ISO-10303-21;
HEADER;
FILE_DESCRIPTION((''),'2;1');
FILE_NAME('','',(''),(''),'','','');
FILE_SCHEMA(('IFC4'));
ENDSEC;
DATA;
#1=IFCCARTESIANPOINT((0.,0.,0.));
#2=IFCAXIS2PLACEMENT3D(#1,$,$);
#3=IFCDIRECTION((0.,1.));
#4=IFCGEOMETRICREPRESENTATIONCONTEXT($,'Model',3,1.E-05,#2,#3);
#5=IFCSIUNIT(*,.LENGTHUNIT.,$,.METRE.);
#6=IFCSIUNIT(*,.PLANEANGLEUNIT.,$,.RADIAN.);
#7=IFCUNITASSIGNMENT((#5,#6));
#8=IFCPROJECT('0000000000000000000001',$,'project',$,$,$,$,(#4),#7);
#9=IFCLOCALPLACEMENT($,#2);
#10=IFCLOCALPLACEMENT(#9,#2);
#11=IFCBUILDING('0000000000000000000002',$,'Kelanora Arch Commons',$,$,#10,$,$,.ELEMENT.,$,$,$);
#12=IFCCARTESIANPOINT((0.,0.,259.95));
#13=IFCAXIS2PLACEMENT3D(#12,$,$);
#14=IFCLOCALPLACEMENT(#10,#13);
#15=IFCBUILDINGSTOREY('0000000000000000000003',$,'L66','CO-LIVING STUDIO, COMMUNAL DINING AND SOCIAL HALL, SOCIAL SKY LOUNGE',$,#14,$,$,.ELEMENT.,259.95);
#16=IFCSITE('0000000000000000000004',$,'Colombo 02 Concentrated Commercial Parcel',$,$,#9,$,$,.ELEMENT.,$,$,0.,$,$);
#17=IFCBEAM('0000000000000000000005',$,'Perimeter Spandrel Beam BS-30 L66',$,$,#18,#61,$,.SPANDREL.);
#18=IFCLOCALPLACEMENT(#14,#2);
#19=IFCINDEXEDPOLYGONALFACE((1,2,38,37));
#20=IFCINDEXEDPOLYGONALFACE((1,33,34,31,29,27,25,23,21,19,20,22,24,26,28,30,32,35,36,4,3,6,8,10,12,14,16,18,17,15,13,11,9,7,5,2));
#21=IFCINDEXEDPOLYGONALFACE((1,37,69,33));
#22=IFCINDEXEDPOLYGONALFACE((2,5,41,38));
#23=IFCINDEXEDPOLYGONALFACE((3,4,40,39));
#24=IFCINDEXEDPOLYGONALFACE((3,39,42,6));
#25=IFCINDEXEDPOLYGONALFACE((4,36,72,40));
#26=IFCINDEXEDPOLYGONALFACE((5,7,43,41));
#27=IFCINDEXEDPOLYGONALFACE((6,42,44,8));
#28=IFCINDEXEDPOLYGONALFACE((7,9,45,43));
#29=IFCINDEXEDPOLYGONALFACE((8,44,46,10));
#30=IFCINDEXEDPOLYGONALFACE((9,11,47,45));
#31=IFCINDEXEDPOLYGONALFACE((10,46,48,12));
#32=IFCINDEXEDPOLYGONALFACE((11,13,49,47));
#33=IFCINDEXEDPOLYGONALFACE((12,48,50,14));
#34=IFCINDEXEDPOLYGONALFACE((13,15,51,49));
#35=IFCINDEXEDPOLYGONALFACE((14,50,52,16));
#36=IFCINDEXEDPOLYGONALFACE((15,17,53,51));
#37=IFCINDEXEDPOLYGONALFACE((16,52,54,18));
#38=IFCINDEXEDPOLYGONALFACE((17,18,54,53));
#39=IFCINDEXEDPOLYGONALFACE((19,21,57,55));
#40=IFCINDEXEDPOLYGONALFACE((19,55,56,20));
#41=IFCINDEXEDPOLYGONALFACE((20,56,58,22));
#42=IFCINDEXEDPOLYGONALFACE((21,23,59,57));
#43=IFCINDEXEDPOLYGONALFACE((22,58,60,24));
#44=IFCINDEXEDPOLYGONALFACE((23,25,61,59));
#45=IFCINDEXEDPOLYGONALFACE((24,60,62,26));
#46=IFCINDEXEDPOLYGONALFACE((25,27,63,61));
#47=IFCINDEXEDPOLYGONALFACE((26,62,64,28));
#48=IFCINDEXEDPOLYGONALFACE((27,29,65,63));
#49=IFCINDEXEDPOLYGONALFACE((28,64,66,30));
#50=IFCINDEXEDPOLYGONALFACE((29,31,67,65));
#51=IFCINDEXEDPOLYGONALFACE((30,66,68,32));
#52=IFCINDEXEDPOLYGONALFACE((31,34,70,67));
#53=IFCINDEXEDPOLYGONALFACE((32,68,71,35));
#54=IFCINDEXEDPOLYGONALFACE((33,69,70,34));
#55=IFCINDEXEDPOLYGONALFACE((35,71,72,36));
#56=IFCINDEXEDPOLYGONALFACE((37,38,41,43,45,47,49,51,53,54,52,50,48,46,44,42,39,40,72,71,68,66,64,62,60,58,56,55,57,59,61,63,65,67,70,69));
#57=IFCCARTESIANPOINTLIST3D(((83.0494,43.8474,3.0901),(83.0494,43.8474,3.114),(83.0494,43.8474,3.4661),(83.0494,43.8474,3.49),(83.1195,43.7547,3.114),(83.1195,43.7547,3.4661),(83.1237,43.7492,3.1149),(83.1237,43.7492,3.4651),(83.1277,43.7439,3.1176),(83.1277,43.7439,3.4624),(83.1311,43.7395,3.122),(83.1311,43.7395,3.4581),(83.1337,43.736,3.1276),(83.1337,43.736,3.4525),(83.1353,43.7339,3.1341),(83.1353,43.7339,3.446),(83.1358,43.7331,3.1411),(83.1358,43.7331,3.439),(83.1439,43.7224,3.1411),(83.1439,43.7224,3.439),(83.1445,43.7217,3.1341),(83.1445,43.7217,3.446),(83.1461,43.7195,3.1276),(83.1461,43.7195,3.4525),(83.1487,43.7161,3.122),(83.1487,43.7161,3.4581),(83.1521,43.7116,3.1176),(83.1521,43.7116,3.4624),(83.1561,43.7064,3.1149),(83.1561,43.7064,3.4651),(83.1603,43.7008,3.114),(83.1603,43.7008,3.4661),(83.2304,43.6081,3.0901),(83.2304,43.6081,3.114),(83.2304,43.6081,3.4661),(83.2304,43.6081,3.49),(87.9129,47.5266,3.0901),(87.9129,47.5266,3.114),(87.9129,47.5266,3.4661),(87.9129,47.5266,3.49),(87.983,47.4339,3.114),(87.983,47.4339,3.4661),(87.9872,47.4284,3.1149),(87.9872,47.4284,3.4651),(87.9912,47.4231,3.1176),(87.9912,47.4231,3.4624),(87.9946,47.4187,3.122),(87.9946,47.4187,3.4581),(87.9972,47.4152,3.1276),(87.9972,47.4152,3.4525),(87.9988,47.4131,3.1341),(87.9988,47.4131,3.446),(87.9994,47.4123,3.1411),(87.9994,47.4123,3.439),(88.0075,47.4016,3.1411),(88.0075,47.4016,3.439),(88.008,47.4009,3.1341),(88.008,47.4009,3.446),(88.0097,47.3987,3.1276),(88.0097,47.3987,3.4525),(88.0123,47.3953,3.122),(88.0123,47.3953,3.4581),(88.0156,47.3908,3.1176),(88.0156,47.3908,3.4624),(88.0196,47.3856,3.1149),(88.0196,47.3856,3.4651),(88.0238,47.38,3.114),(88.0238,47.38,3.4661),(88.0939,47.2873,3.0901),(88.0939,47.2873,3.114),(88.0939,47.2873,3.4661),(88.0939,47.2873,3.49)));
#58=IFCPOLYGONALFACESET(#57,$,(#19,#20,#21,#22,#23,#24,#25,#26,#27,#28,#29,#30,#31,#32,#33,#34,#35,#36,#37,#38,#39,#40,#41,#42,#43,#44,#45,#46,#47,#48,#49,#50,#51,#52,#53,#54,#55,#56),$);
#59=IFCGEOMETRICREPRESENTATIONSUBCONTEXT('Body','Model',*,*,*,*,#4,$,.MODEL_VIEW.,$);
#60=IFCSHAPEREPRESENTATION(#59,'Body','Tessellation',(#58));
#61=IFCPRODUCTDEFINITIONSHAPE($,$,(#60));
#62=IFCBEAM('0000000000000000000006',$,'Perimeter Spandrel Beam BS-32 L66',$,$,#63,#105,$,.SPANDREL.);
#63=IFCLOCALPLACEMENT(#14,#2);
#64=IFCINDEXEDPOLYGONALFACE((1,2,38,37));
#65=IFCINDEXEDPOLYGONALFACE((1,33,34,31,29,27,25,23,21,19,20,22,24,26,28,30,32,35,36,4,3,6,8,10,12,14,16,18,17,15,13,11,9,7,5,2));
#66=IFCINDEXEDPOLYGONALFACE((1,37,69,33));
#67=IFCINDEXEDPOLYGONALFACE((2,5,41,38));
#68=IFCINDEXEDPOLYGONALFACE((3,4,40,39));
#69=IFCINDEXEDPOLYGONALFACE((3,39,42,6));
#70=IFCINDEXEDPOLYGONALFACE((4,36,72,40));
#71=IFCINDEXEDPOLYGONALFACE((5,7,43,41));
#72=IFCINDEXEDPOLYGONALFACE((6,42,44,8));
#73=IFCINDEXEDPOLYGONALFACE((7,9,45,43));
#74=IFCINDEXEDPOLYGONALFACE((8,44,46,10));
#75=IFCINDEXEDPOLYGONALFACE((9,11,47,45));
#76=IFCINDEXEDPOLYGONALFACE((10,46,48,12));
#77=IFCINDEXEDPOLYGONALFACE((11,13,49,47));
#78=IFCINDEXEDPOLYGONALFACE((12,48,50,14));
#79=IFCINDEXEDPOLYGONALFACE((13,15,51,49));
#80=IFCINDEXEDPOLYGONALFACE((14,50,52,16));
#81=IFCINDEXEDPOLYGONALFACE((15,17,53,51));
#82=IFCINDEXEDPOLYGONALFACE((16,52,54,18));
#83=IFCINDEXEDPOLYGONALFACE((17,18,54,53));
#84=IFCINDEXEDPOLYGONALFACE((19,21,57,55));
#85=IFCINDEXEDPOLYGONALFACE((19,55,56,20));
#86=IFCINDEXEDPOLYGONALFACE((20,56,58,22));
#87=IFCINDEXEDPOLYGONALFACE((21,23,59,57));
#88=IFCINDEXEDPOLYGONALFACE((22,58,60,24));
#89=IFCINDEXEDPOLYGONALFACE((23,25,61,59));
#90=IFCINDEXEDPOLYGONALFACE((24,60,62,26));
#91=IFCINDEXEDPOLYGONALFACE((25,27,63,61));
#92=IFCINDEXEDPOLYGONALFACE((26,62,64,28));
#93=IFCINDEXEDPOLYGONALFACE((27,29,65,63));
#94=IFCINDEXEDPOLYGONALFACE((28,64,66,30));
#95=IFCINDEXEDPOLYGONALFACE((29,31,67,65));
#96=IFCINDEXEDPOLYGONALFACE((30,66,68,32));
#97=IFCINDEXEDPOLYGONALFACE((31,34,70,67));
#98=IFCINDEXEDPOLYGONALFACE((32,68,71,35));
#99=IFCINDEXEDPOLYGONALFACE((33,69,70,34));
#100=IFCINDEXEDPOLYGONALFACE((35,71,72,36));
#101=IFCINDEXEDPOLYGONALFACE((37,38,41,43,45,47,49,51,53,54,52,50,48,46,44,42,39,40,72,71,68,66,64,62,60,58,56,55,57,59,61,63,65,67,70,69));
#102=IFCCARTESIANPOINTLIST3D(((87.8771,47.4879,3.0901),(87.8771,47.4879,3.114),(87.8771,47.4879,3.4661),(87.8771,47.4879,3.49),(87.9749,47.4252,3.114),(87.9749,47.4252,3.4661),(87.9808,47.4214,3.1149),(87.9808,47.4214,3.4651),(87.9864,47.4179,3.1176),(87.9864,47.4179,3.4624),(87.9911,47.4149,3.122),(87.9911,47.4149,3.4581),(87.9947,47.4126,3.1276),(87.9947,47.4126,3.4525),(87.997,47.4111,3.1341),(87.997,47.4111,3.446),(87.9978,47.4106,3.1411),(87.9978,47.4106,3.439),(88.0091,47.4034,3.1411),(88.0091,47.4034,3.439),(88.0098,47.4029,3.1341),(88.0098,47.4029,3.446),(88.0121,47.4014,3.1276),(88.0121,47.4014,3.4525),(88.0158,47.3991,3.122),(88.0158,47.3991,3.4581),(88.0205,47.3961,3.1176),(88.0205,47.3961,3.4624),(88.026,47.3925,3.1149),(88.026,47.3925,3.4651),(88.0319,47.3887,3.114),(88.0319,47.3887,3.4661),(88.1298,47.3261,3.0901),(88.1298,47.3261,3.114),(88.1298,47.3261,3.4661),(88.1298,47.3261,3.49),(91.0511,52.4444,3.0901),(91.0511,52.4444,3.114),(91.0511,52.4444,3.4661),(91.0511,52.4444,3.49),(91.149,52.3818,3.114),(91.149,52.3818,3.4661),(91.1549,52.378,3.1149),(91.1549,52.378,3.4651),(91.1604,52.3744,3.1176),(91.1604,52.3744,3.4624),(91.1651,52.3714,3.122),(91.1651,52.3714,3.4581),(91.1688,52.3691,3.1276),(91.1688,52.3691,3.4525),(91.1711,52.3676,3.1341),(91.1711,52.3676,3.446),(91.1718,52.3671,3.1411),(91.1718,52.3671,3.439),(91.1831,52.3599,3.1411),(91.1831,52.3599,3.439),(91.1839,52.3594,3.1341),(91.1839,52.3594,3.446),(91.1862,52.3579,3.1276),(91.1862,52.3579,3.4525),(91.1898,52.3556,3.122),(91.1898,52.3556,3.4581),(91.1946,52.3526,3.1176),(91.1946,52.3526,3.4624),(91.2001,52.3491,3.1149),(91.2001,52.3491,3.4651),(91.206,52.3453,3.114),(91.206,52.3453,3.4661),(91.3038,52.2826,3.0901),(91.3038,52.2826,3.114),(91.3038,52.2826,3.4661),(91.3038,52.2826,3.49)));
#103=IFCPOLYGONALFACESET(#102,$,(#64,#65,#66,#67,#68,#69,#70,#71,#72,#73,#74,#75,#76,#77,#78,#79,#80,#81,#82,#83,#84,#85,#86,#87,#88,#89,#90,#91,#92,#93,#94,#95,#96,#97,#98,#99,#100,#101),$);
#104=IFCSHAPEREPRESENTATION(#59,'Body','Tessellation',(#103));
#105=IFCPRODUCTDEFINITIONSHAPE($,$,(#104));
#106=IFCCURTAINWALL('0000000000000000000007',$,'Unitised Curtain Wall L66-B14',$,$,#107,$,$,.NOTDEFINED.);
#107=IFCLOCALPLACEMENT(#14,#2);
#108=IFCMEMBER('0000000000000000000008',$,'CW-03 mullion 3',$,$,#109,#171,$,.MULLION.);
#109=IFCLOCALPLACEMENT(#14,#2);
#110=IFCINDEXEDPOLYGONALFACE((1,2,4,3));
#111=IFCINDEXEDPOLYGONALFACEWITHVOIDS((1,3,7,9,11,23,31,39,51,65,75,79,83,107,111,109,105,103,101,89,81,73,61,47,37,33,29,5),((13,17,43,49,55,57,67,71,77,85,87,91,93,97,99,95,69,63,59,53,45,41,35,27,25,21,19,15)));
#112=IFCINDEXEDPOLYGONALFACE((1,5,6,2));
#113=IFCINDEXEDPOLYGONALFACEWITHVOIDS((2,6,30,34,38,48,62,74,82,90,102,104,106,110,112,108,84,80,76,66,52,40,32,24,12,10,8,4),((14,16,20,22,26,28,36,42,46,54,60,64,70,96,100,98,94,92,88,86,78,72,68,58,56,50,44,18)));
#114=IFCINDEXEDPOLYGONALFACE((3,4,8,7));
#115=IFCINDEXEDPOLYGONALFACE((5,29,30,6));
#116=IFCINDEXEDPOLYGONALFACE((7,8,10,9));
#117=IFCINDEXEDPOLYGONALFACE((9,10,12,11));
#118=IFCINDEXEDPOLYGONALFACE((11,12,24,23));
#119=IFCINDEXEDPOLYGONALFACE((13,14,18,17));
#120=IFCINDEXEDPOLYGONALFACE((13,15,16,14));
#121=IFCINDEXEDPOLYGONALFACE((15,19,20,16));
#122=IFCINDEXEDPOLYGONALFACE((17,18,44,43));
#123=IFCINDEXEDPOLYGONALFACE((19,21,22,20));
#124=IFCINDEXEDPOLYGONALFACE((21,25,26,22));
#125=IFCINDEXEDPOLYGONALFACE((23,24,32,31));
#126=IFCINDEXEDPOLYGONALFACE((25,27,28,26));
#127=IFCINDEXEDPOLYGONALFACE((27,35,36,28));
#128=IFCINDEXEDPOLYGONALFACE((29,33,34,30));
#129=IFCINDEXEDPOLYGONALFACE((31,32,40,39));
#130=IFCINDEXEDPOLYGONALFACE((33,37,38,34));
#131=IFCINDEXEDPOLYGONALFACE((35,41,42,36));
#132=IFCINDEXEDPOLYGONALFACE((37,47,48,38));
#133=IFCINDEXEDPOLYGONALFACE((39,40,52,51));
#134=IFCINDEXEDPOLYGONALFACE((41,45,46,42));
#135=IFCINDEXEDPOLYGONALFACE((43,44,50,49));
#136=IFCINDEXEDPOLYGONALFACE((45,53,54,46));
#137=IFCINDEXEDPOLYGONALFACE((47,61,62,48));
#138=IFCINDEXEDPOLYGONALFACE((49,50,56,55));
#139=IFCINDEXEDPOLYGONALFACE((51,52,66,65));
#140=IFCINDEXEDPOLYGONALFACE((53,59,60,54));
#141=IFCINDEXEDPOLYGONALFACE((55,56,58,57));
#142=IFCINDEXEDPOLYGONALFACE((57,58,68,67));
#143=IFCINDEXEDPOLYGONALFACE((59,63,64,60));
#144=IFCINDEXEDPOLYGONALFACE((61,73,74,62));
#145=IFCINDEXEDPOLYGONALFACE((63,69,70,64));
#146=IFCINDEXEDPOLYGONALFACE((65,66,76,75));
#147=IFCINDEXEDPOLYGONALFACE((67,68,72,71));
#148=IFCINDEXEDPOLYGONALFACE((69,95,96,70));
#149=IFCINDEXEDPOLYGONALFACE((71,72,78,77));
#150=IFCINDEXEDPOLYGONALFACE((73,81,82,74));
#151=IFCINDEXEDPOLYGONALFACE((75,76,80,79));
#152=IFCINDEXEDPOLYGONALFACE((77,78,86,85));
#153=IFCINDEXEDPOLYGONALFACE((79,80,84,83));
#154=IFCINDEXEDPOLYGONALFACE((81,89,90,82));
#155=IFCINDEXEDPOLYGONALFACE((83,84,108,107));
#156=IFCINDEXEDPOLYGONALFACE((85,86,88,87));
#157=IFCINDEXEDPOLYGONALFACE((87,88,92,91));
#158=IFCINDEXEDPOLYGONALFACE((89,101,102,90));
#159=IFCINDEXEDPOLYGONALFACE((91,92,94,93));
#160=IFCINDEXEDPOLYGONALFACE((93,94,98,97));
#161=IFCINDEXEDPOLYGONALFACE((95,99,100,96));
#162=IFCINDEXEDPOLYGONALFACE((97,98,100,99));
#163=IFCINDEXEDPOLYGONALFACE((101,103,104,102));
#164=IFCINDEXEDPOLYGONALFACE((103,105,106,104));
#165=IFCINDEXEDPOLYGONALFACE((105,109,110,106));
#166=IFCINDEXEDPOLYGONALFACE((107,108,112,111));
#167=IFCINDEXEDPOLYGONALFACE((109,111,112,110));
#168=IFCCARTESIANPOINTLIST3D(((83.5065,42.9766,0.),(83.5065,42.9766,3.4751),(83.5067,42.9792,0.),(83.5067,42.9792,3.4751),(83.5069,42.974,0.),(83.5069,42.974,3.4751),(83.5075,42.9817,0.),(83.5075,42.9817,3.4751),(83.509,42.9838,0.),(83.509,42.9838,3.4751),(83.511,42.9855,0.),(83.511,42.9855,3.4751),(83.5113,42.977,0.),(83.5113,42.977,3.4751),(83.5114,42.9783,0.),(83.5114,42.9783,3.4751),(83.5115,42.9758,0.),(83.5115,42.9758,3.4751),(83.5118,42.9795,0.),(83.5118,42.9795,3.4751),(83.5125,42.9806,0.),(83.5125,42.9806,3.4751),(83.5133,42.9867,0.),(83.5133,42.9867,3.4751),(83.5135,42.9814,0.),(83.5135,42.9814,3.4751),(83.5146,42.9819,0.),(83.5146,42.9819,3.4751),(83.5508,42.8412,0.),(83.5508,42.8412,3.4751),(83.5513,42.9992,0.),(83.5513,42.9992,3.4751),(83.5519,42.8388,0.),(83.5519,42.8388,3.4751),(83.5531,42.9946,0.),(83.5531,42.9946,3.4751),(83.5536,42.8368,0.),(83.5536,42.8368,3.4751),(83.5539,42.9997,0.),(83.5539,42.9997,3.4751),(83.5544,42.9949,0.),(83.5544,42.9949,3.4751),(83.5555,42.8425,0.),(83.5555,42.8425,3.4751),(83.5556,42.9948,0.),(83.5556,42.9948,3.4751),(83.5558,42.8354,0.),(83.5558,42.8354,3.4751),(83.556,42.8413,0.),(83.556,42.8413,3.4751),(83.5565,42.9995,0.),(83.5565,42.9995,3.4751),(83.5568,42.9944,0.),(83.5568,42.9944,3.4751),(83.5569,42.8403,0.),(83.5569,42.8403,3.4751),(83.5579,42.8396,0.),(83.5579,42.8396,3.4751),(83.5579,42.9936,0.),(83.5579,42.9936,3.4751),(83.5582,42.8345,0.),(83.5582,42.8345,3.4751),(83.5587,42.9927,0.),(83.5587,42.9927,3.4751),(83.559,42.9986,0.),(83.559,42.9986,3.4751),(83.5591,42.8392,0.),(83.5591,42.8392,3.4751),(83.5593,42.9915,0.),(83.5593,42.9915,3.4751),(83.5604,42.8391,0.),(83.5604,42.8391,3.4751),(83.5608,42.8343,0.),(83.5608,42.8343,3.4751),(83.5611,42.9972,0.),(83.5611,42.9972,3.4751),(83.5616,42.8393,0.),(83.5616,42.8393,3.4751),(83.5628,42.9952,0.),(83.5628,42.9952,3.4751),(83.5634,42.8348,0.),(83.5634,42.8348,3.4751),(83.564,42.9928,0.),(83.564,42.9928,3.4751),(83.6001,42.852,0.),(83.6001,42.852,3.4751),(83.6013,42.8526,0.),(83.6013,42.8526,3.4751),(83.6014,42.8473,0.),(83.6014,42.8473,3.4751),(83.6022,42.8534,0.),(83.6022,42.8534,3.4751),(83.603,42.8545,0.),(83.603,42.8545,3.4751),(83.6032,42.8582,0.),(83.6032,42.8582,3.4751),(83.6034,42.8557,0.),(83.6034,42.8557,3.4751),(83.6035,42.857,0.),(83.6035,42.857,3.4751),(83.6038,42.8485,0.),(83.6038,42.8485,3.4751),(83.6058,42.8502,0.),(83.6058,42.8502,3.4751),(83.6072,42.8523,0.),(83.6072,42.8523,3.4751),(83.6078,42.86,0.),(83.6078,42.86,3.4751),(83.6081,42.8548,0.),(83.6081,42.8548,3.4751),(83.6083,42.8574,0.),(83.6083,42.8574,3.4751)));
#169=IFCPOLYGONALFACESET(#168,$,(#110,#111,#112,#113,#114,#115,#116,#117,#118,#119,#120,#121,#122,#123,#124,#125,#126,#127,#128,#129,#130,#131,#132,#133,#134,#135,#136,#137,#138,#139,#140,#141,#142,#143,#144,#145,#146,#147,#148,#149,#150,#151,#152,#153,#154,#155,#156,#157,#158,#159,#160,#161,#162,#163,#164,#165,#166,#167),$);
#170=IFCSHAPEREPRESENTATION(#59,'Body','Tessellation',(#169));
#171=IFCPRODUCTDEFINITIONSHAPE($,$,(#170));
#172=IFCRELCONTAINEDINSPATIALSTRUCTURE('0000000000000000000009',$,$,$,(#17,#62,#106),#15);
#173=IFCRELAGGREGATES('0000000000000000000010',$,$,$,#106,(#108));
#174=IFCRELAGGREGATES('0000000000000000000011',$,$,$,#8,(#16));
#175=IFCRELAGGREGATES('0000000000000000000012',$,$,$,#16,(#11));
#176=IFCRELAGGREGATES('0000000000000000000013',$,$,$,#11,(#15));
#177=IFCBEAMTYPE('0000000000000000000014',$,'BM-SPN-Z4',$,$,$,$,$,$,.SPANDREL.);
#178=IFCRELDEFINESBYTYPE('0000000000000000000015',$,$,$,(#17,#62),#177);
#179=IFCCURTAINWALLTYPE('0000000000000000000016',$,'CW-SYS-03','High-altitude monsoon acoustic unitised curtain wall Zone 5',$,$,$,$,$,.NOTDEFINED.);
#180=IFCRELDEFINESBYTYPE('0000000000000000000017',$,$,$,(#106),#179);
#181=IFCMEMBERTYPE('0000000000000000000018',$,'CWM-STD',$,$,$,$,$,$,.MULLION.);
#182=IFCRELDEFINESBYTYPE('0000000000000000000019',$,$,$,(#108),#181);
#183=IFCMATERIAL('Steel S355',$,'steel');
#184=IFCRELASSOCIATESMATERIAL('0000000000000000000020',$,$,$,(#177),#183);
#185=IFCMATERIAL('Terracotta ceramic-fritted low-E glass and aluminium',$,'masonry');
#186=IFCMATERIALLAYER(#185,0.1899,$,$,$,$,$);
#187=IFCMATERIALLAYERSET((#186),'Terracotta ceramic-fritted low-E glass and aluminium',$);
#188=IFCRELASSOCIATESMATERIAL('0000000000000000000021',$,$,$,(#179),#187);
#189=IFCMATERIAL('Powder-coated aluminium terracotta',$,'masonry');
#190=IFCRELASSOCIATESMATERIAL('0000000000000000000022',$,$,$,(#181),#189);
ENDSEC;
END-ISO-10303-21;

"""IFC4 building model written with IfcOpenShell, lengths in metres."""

from ifc_helpers import new_model, si_unit, direction, frame, origin, origin_2d, place, context, subcontext, project, spatial, hollow_rectangle, i_section, extrude, material, layer, layer_set, material_profile, profile_set, type_object, element, aggregate, save


model = new_model("IFC4")

# Units and contexts
model_context = context("Model", 3, precision=1e-05, world=origin(), true_north=direction((0.0, 1.0)))
body_context = subcontext(model_context, "Body", "Model", "MODEL_VIEW")
ifc_project = project(units=[si_unit("LENGTHUNIT", "METRE"), si_unit("PLANEANGLEUNIT", "RADIAN")], contexts=[model_context])

# Site, building, storey
site_placement = place(None, origin())
site = spatial("IfcSite", under=ifc_project, at=site_placement, Name="Colombo 02 Concentrated Commercial Parcel", CompositionType="ELEMENT", RefElevation=0.0)
building_placement = place(site_placement, origin())
building = spatial("IfcBuilding", under=site, at=building_placement, Name="Kelanora Arch Commons", CompositionType="ELEMENT")
storey_placement = place(building_placement, frame((0.0, 0.0, 259.95)))
storey = spatial("IfcBuildingStorey", under=building, at=storey_placement, Name="L66", Description="CO-LIVING STUDIO, COMMUNAL DINING AND SOCIAL HALL, SOCIAL SKY LOUNGE", CompositionType="ELEMENT", Elevation=259.95)

# Beams
ifc_material_1 = material(Name="Steel S355", Category="steel")
ifc_material_profile_1 = material_profile(ifc_material_1, i_section(OverallWidth=0.3, OverallDepth=0.3999, WebThickness=0.0134, FlangeThickness=0.0239, FilletRadius=0.0271, at=origin_2d()), Name="HEB400")
ifc_profile_set_1 = profile_set([ifc_material_profile_1], Name="Steel S355")
beam_type_1 = type_object("IfcBeamType", Name="BM-SPN-Z4", PredefinedType="SPANDREL", material=ifc_profile_set_1)
beam_1_placement = place(storey_placement, frame((83.1399, 43.7278, 3.29), z_axis=(0.797509, 0.603306, 0.0), x_axis=(-0.603306, 0.797509, 0.0)))
element("IfcBeam", 1, at=beam_1_placement, inside=storey, type_object=beam_type_1, Name="Perimeter Spandrel Beam BS-30 L66", PredefinedType="SPANDREL", context=body_context, shape_type="SweptSolid", body=[
    extrude(i_section(OverallWidth=0.3, OverallDepth=0.3999, WebThickness=0.0134, FlangeThickness=0.0239, FilletRadius=0.0271, at=origin_2d()), origin(), (0.0, 0.0, 1.0), 6.0984),
])
beam_2_placement = place(storey_placement, frame((88.0034, 47.407, 3.29), z_axis=(0.539281, 0.842126, 0.0), x_axis=(-0.842126, 0.539281, 0.0)))
element("IfcBeam", 2, at=beam_2_placement, inside=storey, type_object=beam_type_1, Name="Perimeter Spandrel Beam BS-32 L66", PredefinedType="SPANDREL", context=body_context, shape_type="SweptSolid", body=[
    extrude(i_section(OverallWidth=0.3, OverallDepth=0.3999, WebThickness=0.0134, FlangeThickness=0.0239, FilletRadius=0.0271, at=origin_2d()), origin(), (0.0, 0.0, 1.0), 5.8857),
])

# Curtain wall, member
ifc_material_2 = material(Name="Terracotta ceramic-fritted low-E glass and aluminium", Category="masonry")
ifc_layer_1 = layer(ifc_material_2, 0.1899)
ifc_layer_set_1 = layer_set([ifc_layer_1], Name="Terracotta ceramic-fritted low-E glass and aluminium")
curtain_wall_type = type_object("IfcCurtainWallType", Name="CW-SYS-03", Description="High-altitude monsoon acoustic unitised curtain wall Zone 5", PredefinedType="NOTDEFINED", material=ifc_layer_set_1)
curtain_wall_1_placement = place(storey_placement, origin())
curtain_wall_1 = element("IfcCurtainWall", 3, at=curtain_wall_1_placement, inside=storey, type_object=curtain_wall_type, Name="Unitised Curtain Wall L66-B14", PredefinedType="NOTDEFINED")
ifc_material_3 = material(Name="Powder-coated aluminium terracotta", Category="masonry")
ifc_material_profile_2 = material_profile(ifc_material_3, hollow_rectangle(XDim=0.1599, YDim=0.0601, WallThickness=0.0049, InnerFilletRadius=0.0049, OuterFilletRadius=0.01, at=origin_2d()), Name="CWM160x60")
ifc_profile_set_2 = profile_set([ifc_material_profile_2], Name="Powder-coated aluminium terracotta")
member_type_1 = type_object("IfcMemberType", Name="CWM-STD", PredefinedType="MULLION", material=ifc_profile_set_2)
member_1_placement = place(storey_placement, frame((83.5574, 42.917, 0.0), z_axis=(0.0, 0.0, 1.0), x_axis=(-0.313253, 0.94967, 0.0)))
member_1 = element("IfcMember", 4, at=member_1_placement, type_object=member_type_1, Name="CW-03 mullion 3", PredefinedType="MULLION", context=body_context, shape_type="SweptSolid", body=[
    extrude(hollow_rectangle(XDim=0.1599, YDim=0.0601, WallThickness=0.0049, InnerFilletRadius=0.0049, OuterFilletRadius=0.01, at=origin_2d()), origin(), (0.0, 0.0, 1.0), 3.4751),
])
aggregate(curtain_wall_1, [member_1])

save(model, "model.ifc")
